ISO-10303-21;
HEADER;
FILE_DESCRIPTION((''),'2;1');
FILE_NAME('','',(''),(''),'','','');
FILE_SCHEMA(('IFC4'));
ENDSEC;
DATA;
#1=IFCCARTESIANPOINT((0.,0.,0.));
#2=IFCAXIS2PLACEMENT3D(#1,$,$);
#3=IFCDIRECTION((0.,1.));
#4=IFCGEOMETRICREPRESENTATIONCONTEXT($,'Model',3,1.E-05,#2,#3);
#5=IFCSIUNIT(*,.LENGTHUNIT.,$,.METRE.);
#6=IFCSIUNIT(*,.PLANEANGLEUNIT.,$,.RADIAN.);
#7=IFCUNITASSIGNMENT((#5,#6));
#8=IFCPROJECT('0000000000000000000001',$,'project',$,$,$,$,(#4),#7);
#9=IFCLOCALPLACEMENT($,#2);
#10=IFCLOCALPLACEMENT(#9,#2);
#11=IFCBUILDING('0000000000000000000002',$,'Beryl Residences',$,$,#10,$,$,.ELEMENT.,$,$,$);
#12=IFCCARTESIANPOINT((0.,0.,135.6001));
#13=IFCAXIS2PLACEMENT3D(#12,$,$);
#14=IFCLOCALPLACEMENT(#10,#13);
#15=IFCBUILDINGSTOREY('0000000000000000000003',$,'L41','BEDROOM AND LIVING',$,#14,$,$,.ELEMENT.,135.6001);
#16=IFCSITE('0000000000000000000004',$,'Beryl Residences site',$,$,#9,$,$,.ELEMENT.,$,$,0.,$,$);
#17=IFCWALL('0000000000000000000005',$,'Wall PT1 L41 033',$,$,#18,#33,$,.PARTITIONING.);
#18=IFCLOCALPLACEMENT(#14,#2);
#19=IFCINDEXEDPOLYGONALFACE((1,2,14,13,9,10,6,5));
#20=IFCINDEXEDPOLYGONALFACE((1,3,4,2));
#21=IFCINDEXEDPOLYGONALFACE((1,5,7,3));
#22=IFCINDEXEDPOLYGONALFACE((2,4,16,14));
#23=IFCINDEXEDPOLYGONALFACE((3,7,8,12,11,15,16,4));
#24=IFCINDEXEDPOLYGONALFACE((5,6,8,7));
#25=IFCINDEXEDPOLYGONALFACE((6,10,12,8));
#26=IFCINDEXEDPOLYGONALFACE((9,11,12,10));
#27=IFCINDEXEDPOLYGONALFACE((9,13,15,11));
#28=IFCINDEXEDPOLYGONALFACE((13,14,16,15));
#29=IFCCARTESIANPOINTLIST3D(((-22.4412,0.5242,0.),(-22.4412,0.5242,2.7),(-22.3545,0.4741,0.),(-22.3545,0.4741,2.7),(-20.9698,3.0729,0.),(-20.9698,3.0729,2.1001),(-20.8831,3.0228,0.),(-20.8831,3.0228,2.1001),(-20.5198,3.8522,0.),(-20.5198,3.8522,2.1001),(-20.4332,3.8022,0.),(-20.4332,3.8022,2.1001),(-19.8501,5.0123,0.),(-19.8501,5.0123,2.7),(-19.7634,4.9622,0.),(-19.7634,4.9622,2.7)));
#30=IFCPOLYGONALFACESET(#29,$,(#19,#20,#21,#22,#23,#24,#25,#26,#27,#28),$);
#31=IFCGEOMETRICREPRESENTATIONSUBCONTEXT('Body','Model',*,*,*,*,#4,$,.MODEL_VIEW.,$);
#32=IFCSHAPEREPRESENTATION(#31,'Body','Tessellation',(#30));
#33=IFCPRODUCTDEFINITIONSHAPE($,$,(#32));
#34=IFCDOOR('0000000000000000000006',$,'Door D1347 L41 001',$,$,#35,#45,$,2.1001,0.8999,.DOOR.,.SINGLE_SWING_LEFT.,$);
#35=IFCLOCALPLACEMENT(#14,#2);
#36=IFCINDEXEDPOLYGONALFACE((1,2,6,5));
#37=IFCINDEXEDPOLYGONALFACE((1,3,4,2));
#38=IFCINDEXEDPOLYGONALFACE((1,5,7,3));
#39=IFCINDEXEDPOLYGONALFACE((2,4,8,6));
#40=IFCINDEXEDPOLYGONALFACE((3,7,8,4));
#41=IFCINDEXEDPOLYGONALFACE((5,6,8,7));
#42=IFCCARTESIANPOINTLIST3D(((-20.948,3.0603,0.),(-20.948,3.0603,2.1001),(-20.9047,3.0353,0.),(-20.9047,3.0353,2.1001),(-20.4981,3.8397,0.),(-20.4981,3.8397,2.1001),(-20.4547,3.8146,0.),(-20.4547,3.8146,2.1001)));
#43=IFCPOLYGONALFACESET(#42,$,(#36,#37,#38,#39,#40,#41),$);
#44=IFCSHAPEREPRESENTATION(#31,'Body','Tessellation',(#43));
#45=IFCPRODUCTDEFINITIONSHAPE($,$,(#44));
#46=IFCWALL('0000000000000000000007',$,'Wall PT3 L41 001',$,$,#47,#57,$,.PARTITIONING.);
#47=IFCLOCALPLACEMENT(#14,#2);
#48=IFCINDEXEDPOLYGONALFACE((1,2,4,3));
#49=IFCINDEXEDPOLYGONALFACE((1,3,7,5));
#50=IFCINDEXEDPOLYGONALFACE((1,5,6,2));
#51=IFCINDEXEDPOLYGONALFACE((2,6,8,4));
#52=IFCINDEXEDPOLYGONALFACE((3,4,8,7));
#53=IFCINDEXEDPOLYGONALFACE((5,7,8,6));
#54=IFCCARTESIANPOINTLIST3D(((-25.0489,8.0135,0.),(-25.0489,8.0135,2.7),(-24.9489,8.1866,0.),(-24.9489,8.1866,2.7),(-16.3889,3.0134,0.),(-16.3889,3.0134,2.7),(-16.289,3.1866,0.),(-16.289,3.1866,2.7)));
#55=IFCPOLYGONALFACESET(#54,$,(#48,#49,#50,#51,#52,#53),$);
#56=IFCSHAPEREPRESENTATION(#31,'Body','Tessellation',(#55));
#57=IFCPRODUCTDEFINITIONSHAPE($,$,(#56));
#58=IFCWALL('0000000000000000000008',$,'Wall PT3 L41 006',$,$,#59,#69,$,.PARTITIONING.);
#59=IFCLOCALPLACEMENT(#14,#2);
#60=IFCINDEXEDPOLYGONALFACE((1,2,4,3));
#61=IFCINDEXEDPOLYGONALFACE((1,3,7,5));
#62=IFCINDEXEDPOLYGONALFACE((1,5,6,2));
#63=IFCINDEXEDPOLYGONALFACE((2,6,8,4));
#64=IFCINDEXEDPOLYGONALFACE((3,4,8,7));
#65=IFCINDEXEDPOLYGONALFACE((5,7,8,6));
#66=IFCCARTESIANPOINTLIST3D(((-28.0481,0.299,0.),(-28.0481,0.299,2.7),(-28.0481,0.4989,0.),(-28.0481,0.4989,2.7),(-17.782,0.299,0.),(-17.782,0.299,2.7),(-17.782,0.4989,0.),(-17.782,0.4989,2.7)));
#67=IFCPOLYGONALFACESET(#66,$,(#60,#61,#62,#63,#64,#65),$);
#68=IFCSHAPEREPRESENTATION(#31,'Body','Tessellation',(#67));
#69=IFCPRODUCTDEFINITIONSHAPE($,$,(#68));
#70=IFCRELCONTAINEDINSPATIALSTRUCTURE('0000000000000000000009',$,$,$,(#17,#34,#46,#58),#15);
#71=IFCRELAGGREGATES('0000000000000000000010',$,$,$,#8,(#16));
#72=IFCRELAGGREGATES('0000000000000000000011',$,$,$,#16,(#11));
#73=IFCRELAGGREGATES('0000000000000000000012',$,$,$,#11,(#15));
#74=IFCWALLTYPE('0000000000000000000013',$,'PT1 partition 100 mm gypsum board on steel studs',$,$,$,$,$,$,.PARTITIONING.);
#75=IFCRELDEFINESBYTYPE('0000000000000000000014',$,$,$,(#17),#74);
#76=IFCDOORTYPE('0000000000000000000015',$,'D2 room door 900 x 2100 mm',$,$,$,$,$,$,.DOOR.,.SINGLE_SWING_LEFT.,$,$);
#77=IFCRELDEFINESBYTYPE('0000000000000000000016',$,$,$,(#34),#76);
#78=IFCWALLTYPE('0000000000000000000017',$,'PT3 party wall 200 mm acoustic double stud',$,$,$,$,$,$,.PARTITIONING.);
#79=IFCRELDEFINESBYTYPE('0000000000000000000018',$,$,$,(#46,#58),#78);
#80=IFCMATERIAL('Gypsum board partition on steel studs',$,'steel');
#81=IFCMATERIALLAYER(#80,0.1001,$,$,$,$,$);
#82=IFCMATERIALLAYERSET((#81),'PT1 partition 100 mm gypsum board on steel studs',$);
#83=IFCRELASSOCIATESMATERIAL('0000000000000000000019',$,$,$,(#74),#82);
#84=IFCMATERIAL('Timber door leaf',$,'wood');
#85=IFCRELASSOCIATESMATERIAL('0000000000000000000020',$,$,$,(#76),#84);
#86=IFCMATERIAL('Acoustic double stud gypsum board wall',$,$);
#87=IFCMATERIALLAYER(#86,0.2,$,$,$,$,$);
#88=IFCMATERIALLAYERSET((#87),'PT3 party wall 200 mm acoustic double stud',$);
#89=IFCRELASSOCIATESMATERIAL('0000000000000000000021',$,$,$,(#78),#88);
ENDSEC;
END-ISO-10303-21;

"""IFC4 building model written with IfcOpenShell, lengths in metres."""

from ifc_helpers import new_model, si_unit, direction, frame, frame_2d, origin, place, context, subcontext, project, spatial, rectangle, extrude, material, layer, layer_set, type_object, element, fill, save


model = new_model("IFC4")

# Units and contexts
model_context = context("Model", 3, precision=1e-05, world=origin(), true_north=direction((0.0, 1.0)))
body_context = subcontext(model_context, "Body", "Model", "MODEL_VIEW")
ifc_project = project(units=[si_unit("LENGTHUNIT", "METRE"), si_unit("PLANEANGLEUNIT", "RADIAN")], contexts=[model_context])

# Site, building, storey
site_placement = place(None, origin())
site = spatial("IfcSite", under=ifc_project, at=site_placement, Name="Beryl Residences site", CompositionType="ELEMENT", RefElevation=0.0)
building_placement = place(site_placement, origin())
building = spatial("IfcBuilding", under=site, at=building_placement, Name="Beryl Residences", CompositionType="ELEMENT")
storey_placement = place(building_placement, frame((0.0, 0.0, 135.6001)))
storey = spatial("IfcBuildingStorey", under=building, at=storey_placement, Name="L41", Description="BEDROOM AND LIVING", CompositionType="ELEMENT", Elevation=135.6001)

# Shared definitions
ifc_material_1 = material(Name="Gypsum board partition on steel studs", Category="steel")
ifc_layer_1 = layer(ifc_material_1, 0.1001)
ifc_layer_set_1 = layer_set([ifc_layer_1], Name="PT1 partition 100 mm gypsum board on steel studs")
wall_type_1 = type_object("IfcWallType", Name="PT1 partition 100 mm gypsum board on steel studs", PredefinedType="PARTITIONING", material=ifc_layer_set_1)

# Shared definitions
ifc_material_2 = material(Name="Timber door leaf", Category="wood")
door_type = type_object("IfcDoorType", Name="D2 room door 900 x 2100 mm", OperationType="SINGLE_SWING_LEFT", PredefinedType="DOOR", material=ifc_material_2)

# Wall, opening, door
wall_1_placement = place(storey_placement, frame((-22.3979, 0.499, 0.0), z_axis=(0.0, 0.0, 1.0), x_axis=(0.499985, 0.866034, 0.0)))
wall_1 = element("IfcWall", 1, at=wall_1_placement, inside=storey, type_object=wall_type_1, Name="Wall PT1 L41 033", PredefinedType="PARTITIONING", context=body_context, shape_type="SweptSolid", body=[
    extrude(rectangle(XDim=5.1824, YDim=0.1001, at=frame_2d((2.5913, 0.0))), origin(), (0.0, 0.0, 1.0), 2.7),
])
opening_1_placement = place(wall_1_placement, frame((2.9431, 0.0, 0.0)))
opening_1 = element("IfcOpeningElement", 2, at=opening_1_placement, cuts=wall_1, PredefinedType="OPENING", context=body_context, shape_type="SweptSolid", body=[
    extrude(rectangle(XDim=0.8999, YDim=2.1001, at=frame_2d((0.45, 1.05))), frame((0.0, 0.0601, 0.0), z_axis=(0.0, -1.0, 0.0), x_axis=(1.0, 0.0, 0.0)), (0.0, 0.0, 1.0), 0.1201),
])
door_1_placement = place(opening_1_placement, origin())
door_1 = element("IfcDoor", 3, at=door_1_placement, inside=storey, type_object=door_type, Name="Door D1347 L41 001", OperationType="SINGLE_SWING_LEFT", OverallHeight=2.1001, OverallWidth=0.8999, PredefinedType="DOOR", context=body_context, shape_type="SweptSolid", body=[
    extrude(rectangle(XDim=0.8999, YDim=2.1001, at=frame_2d((0.45, 1.05))), frame((0.0, 0.0249, 0.0), z_axis=(0.0, -1.0, 0.0), x_axis=(1.0, 0.0, 0.0)), (0.0, 0.0, 1.0), 0.05),
])
fill(opening_1, door_1)

# Walls
ifc_material_3 = material(Name="Acoustic double stud gypsum board wall")
ifc_layer_2 = layer(ifc_material_3, 0.2)
ifc_layer_set_2 = layer_set([ifc_layer_2], Name="PT3 party wall 200 mm acoustic double stud")
wall_type_2 = type_object("IfcWallType", Name="PT3 party wall 200 mm acoustic double stud", PredefinedType="PARTITIONING", material=ifc_layer_set_2)
wall_2_placement = place(storey_placement, frame((-24.999, 8.1001, 0.0), z_axis=(0.0, 0.0, 1.0), x_axis=(0.866017, -0.500015, 0.0)))
element("IfcWall", 4, at=wall_2_placement, inside=storey, type_object=wall_type_2, Name="Wall PT3 L41 001", PredefinedType="PARTITIONING", context=body_context, shape_type="SweptSolid", body=[
    extrude(rectangle(XDim=9.9998, YDim=0.2, at=frame_2d((5.0, 0.0))), origin(), (0.0, 0.0, 1.0), 2.7),
])
wall_3_placement = place(storey_placement, frame((-28.0481, 0.3989, 0.0), z_axis=(0.0, 0.0, 1.0), x_axis=(1.0, 0.0, 0.0)))
element("IfcWall", 5, at=wall_3_placement, inside=storey, type_object=wall_type_2, Name="Wall PT3 L41 006", PredefinedType="PARTITIONING", context=body_context, shape_type="SweptSolid", body=[
    extrude(rectangle(XDim=10.2661, YDim=0.2, at=frame_2d((5.1331, 0.0))), origin(), (0.0, 0.0, 1.0), 2.7),
])

save(model, "model.ifc")
